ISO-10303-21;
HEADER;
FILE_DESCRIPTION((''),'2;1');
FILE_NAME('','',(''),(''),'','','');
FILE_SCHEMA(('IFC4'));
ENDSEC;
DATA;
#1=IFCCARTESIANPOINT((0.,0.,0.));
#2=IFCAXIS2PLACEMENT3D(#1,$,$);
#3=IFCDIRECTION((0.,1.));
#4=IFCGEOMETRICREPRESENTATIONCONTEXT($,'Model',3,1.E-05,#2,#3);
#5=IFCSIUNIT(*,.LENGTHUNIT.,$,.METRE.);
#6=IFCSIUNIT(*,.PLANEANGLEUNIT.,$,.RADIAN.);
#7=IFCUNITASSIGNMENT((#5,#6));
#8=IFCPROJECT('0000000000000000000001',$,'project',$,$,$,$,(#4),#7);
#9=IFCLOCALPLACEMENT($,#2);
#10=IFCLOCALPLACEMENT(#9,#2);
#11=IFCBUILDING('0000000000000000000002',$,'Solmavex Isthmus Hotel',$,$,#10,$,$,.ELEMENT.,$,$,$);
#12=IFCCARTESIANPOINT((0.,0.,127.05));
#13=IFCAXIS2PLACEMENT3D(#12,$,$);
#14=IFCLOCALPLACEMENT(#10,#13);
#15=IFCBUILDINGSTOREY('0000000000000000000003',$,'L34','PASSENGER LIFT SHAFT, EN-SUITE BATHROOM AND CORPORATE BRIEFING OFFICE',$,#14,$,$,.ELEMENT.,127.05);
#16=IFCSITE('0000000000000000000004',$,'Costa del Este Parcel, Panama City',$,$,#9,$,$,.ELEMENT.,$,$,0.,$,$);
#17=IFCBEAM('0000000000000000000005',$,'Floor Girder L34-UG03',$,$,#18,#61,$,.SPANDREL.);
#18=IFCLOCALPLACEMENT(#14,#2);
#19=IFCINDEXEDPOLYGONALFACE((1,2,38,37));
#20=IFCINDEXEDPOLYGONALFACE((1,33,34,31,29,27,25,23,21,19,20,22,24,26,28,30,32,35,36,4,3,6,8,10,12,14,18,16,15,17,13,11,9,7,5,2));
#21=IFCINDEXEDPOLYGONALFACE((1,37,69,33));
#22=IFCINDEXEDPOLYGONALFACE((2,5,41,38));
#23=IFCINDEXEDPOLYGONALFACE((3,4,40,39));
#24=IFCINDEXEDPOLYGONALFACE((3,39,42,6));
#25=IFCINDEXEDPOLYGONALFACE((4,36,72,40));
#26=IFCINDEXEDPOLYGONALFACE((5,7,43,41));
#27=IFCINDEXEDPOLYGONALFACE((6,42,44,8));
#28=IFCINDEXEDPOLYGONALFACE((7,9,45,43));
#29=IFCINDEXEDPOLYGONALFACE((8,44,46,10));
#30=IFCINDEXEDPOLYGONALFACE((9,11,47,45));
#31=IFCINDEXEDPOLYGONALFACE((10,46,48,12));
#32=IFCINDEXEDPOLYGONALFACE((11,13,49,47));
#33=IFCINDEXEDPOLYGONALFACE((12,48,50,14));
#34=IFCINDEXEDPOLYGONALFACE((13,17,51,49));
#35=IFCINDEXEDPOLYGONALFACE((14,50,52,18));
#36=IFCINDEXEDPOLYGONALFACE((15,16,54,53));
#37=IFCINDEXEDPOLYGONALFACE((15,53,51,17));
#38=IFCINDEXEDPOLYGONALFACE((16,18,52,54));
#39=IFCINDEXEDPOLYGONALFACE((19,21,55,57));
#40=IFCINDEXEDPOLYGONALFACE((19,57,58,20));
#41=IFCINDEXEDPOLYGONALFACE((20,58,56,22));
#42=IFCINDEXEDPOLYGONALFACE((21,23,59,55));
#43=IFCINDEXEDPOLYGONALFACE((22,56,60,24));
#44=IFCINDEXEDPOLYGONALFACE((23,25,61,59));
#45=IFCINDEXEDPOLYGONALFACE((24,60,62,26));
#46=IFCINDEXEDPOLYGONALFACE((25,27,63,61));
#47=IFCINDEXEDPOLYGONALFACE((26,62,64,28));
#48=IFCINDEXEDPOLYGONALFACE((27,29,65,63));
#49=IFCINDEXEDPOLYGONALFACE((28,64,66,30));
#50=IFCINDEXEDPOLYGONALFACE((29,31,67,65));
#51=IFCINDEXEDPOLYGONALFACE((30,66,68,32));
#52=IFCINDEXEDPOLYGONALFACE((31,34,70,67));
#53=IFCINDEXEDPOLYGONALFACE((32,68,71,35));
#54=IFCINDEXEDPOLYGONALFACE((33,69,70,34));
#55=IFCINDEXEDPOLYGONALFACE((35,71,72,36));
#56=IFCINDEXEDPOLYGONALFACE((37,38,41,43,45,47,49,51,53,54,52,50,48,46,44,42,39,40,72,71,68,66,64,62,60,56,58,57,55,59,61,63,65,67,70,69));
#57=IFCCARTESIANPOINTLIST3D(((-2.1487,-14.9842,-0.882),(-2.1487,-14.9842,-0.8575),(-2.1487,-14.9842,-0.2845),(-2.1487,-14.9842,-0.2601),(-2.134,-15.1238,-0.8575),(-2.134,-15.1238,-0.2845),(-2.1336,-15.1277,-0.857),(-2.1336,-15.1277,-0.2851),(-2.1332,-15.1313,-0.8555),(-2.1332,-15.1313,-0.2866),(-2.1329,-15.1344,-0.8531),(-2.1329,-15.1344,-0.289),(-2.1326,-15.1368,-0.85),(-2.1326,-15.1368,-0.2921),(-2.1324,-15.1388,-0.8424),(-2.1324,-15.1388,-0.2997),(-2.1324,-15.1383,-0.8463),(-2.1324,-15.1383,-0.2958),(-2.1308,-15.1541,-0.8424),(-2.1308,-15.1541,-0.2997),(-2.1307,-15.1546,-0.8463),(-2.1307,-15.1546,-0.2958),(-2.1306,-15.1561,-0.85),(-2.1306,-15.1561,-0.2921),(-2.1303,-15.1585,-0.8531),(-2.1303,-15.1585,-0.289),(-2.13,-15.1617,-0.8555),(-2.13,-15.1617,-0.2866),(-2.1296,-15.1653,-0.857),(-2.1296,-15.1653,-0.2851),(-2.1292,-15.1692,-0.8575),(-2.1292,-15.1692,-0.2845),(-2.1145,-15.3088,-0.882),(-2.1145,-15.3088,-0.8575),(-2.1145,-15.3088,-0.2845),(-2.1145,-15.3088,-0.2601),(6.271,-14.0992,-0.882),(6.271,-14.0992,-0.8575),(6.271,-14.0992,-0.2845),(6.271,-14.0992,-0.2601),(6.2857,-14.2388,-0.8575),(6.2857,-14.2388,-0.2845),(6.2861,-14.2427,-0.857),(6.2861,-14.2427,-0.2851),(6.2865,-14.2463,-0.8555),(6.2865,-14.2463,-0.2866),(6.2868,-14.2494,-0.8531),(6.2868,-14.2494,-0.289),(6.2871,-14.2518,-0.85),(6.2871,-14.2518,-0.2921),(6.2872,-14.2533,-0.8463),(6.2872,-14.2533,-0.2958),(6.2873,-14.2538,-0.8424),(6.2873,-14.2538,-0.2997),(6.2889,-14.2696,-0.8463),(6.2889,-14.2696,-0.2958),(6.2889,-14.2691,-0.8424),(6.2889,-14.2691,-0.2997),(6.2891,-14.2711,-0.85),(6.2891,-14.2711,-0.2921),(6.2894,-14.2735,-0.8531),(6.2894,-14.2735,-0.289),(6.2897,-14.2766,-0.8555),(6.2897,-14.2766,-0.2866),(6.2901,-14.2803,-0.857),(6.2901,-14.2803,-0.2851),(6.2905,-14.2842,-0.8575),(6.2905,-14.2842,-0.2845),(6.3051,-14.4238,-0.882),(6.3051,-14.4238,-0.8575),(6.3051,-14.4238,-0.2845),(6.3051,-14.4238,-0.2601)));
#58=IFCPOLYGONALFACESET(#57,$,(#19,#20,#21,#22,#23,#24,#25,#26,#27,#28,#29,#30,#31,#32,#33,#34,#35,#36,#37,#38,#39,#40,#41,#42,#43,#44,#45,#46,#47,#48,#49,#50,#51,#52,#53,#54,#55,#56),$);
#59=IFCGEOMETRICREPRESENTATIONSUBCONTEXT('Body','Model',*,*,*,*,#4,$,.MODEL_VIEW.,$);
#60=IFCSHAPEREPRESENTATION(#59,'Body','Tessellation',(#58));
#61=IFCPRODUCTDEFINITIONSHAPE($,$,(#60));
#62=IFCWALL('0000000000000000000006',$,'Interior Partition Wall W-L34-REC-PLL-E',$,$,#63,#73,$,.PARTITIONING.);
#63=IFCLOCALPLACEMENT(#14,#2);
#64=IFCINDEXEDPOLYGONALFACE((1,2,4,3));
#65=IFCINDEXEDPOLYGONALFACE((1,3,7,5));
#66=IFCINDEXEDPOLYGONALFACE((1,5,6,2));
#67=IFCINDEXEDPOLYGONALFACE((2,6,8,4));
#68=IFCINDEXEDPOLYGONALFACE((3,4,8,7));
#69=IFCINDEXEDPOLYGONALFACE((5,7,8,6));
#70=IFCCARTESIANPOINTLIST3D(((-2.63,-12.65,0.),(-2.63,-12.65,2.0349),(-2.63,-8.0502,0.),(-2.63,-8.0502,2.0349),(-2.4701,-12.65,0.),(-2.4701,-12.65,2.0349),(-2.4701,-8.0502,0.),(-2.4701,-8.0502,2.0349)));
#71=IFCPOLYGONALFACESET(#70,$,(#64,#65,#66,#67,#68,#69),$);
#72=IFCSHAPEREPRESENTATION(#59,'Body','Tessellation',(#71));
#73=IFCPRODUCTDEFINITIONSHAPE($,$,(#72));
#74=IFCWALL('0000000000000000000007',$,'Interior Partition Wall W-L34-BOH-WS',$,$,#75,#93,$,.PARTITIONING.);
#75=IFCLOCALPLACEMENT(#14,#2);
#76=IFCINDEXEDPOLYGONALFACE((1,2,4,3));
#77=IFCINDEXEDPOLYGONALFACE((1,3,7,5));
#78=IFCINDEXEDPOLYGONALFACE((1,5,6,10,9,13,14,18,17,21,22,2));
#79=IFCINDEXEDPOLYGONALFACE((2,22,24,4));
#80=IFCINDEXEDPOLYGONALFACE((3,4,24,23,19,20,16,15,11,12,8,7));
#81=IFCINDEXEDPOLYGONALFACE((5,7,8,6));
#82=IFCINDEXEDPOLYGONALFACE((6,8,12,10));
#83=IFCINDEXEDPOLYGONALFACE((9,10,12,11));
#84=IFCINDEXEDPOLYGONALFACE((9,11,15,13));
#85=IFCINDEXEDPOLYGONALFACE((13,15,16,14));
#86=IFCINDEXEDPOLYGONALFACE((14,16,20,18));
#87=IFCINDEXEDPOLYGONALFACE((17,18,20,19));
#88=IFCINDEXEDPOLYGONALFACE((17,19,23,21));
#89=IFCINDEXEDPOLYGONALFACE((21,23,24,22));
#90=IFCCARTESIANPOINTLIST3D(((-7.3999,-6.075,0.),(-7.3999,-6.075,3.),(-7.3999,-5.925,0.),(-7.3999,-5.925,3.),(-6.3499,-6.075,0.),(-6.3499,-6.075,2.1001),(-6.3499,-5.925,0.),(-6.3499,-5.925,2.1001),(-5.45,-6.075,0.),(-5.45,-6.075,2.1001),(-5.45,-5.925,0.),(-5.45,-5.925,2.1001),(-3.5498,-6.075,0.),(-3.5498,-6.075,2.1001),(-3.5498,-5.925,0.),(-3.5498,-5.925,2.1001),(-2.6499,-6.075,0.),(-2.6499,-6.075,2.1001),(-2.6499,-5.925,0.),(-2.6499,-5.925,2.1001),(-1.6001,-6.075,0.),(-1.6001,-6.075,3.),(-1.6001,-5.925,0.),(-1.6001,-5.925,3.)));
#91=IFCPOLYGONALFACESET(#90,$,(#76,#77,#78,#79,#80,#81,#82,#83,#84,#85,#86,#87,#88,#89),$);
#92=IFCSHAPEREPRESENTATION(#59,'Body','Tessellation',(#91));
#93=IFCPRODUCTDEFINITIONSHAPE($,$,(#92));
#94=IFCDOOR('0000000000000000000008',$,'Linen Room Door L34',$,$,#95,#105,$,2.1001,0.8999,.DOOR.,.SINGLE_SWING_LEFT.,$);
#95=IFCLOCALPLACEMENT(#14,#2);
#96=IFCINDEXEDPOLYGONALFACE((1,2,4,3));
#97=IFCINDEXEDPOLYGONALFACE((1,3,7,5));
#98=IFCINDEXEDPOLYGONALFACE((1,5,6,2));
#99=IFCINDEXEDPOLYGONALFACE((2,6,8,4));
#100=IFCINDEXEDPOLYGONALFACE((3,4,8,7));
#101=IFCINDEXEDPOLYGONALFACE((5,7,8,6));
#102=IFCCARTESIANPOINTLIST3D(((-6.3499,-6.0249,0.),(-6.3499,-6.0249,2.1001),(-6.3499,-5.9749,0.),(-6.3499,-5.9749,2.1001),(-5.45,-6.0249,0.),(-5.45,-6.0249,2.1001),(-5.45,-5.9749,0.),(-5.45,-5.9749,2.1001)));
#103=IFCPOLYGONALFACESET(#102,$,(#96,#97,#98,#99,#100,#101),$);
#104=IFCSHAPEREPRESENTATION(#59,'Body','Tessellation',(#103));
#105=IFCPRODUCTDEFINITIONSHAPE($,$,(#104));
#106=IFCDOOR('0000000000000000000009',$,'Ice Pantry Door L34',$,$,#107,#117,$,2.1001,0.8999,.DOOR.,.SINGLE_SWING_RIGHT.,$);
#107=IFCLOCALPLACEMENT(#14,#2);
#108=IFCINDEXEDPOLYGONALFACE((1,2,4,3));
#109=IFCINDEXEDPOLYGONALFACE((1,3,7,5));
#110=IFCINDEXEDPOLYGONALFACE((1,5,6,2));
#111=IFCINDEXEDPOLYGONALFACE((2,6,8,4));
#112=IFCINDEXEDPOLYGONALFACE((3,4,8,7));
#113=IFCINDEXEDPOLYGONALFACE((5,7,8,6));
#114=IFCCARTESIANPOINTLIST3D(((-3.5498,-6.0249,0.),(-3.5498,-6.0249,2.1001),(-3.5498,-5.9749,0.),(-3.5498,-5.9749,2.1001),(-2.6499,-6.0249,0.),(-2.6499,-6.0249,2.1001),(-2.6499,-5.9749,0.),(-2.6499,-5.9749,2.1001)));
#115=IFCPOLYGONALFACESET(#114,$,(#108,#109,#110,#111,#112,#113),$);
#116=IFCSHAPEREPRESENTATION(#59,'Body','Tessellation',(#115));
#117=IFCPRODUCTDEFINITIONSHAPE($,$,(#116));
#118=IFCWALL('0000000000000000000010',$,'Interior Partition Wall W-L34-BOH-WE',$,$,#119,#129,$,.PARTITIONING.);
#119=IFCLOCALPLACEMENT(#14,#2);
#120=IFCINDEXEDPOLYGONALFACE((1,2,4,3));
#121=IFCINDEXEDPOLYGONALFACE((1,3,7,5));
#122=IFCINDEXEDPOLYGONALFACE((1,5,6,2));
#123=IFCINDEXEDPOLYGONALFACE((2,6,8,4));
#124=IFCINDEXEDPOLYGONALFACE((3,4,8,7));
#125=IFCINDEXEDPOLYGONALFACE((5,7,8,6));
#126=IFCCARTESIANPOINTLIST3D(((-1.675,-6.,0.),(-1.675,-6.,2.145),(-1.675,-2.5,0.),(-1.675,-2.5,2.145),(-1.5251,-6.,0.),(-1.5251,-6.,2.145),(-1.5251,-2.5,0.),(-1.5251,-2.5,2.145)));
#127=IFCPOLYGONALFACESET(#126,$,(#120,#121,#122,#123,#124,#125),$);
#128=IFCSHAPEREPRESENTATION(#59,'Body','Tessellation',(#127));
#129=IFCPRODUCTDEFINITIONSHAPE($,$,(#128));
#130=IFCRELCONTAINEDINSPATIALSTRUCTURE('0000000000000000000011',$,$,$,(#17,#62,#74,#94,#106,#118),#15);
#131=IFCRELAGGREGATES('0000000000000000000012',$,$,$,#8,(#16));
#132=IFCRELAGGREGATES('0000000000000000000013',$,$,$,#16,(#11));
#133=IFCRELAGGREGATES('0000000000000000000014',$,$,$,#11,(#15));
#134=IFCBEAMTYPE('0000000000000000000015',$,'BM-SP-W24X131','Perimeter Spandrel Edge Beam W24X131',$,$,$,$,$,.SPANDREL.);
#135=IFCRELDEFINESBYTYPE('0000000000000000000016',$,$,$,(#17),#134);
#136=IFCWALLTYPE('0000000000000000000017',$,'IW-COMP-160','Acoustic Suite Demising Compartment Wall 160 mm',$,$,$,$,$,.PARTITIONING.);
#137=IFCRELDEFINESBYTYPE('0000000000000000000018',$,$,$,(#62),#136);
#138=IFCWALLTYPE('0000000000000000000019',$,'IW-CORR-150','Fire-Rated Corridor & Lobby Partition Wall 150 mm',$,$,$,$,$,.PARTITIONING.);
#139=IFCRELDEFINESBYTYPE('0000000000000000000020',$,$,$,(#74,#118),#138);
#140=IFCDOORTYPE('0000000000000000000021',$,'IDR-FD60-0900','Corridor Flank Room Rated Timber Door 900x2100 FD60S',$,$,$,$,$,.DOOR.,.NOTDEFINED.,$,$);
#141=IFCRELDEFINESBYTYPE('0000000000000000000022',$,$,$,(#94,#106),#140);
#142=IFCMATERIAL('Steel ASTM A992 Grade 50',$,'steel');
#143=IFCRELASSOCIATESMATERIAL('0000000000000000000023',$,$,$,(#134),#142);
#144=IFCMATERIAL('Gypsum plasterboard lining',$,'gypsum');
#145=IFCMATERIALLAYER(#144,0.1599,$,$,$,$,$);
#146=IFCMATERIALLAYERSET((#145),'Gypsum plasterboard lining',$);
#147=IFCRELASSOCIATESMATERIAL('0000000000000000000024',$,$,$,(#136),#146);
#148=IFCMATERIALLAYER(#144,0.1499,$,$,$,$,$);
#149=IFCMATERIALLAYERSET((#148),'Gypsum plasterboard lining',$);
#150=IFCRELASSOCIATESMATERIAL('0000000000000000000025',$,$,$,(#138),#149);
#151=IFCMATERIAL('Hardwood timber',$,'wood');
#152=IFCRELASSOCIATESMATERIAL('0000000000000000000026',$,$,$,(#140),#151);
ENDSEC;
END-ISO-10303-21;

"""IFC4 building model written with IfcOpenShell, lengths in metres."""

from ifc_helpers import new_model, si_unit, direction, frame, frame_2d, origin, origin_2d, place, context, subcontext, project, spatial, rectangle, i_section, extrude, material, layer, layer_set, material_profile, profile_set, type_object, element, fill, save


model = new_model("IFC4")

# Units and contexts
model_context = context("Model", 3, precision=1e-05, world=origin(), true_north=direction((0.0, 1.0)))
body_context = subcontext(model_context, "Body", "Model", "MODEL_VIEW")
ifc_project = project(units=[si_unit("LENGTHUNIT", "METRE"), si_unit("PLANEANGLEUNIT", "RADIAN")], contexts=[model_context])

# Site, building, storey
site_placement = place(None, origin())
site = spatial("IfcSite", under=ifc_project, at=site_placement, Name="Costa del Este Parcel, Panama City", CompositionType="ELEMENT", RefElevation=0.0)
building_placement = place(site_placement, origin())
building = spatial("IfcBuilding", under=site, at=building_placement, Name="Solmavex Isthmus Hotel", CompositionType="ELEMENT")
storey_placement = place(building_placement, frame((0.0, 0.0, 127.05)))
storey = spatial("IfcBuildingStorey", under=building, at=storey_placement, Name="L34", Description="PASSENGER LIFT SHAFT, EN-SUITE BATHROOM AND CORPORATE BRIEFING OFFICE", CompositionType="ELEMENT", Elevation=127.05)

# Beam
ifc_material_1 = material(Name="Steel ASTM A992 Grade 50", Category="steel")
ifc_material_profile_1 = material_profile(ifc_material_1, i_section(OverallWidth=0.3264, OverallDepth=0.6218, WebThickness=0.0154, FlangeThickness=0.0244, FilletRadius=0.0151, at=origin_2d()), Name="W24X131")
ifc_profile_set_1 = profile_set([ifc_material_profile_1], Name="Steel ASTM A992 Grade 50")
beam_type_1 = type_object("IfcBeamType", Name="BM-SP-W24X131", Description="Perimeter Spandrel Edge Beam W24X131", PredefinedType="SPANDREL", material=ifc_profile_set_1)
beam_1_placement = place(storey_placement, frame((-2.1316, -15.1465, -0.571), z_axis=(0.994521, 0.104536, 0.0), x_axis=(-0.104536, 0.994521, 0.0)))
element("IfcBeam", 1, at=beam_1_placement, inside=storey, type_object=beam_type_1, Name="Floor Girder L34-UG03", PredefinedType="SPANDREL", context=body_context, shape_type="SweptSolid", body=[
    extrude(i_section(OverallWidth=0.3264, OverallDepth=0.6218, WebThickness=0.0154, FlangeThickness=0.0244, FilletRadius=0.0151, at=origin_2d()), origin(), (0.0, 0.0, 1.0), 8.4661),
])

# Wall
ifc_material_2 = material(Name="Gypsum plasterboard lining", Category="gypsum")
ifc_layer_1 = layer(ifc_material_2, 0.1599)
ifc_layer_set_1 = layer_set([ifc_layer_1], Name="Gypsum plasterboard lining")
wall_type_1 = type_object("IfcWallType", Name="IW-COMP-160", Description="Acoustic Suite Demising Compartment Wall 160 mm", PredefinedType="PARTITIONING", material=ifc_layer_set_1)
wall_1_placement = place(storey_placement, frame((-2.55, -12.6499, 0.0), z_axis=(0.0, 0.0, 1.0), x_axis=(0.0, 1.0, 0.0)))
element("IfcWall", 2, at=wall_1_placement, inside=storey, type_object=wall_type_1, Name="Interior Partition Wall W-L34-REC-PLL-E", PredefinedType="PARTITIONING", context=body_context, shape_type="SweptSolid", body=[
    extrude(rectangle(XDim=4.5999, YDim=0.1599, at=frame_2d((2.2998, 0.0))), origin(), (0.0, 0.0, 1.0), 2.0349),
])

# Wall, openings, doors
ifc_layer_2 = layer(ifc_material_2, 0.1499)
ifc_layer_set_2 = layer_set([ifc_layer_2], Name="Gypsum plasterboard lining")
wall_type_2 = type_object("IfcWallType", Name="IW-CORR-150", Description="Fire-Rated Corridor & Lobby Partition Wall 150 mm", PredefinedType="PARTITIONING", material=ifc_layer_set_2)
wall_2_placement = place(storey_placement, frame((-7.3999, -6.0, 0.0), z_axis=(0.0, 0.0, 1.0), x_axis=(1.0, 0.0, 0.0)))
wall_2 = element("IfcWall", 3, at=wall_2_placement, inside=storey, type_object=wall_type_2, Name="Interior Partition Wall W-L34-BOH-WS", PredefinedType="PARTITIONING", context=body_context, shape_type="SweptSolid", body=[
    extrude(rectangle(XDim=5.7998, YDim=0.1499, at=frame_2d((2.8999, 0.0))), origin(), (0.0, 0.0, 1.0), 3.0),
])
opening_1_placement = place(wall_2_placement, frame((1.05, 0.0, 0.0)))
opening_1 = element("IfcOpeningElement", 4, at=opening_1_placement, cuts=wall_2, PredefinedType="OPENING", context=body_context, shape_type="SweptSolid", body=[
    extrude(rectangle(XDim=0.8999, YDim=2.1001, at=frame_2d((0.45, 1.05))), frame((0.0, 0.085, 0.0), z_axis=(0.0, -1.0, 0.0), x_axis=(1.0, 0.0, 0.0)), (0.0, 0.0, 1.0), 0.1699),
])
opening_2_placement = place(wall_2_placement, frame((3.8501, 0.0, 0.0)))
opening_2 = element("IfcOpeningElement", 5, at=opening_2_placement, cuts=wall_2, PredefinedType="OPENING", context=body_context, shape_type="SweptSolid", body=[
    extrude(rectangle(XDim=0.8999, YDim=2.1001, at=frame_2d((0.45, 1.05))), frame((0.0, 0.085, 0.0), z_axis=(0.0, -1.0, 0.0), x_axis=(1.0, 0.0, 0.0)), (0.0, 0.0, 1.0), 0.1699),
])
ifc_material_3 = material(Name="Hardwood timber", Category="wood")
door_type_1 = type_object("IfcDoorType", Name="IDR-FD60-0900", Description="Corridor Flank Room Rated Timber Door 900x2100 FD60S", OperationType="NOTDEFINED", PredefinedType="DOOR", material=ifc_material_3)
door_1_placement = place(opening_1_placement, frame((0.8999, 0.0, 0.0), z_axis=(0.0, 0.0, 1.0), x_axis=(-1.0, 0.0, 0.0)))
door_1 = element("IfcDoor", 6, at=door_1_placement, inside=storey, type_object=door_type_1, Name="Linen Room Door L34", OperationType="SINGLE_SWING_LEFT", OverallHeight=2.1001, OverallWidth=0.8999, PredefinedType="DOOR", context=body_context, shape_type="SweptSolid", body=[
    extrude(rectangle(XDim=0.8999, YDim=2.1001, at=frame_2d((0.45, 1.05))), frame((0.0, 0.0249, 0.0), z_axis=(0.0, -1.0, 0.0), x_axis=(1.0, 0.0, 0.0)), (0.0, 0.0, 1.0), 0.05),
])
fill(opening_1, door_1)
door_2_placement = place(opening_2_placement, frame((0.8999, 0.0, 0.0), z_axis=(0.0, 0.0, 1.0), x_axis=(-1.0, 0.0, 0.0)))
door_2 = element("IfcDoor", 7, at=door_2_placement, inside=storey, type_object=door_type_1, Name="Ice Pantry Door L34", OperationType="SINGLE_SWING_RIGHT", OverallHeight=2.1001, OverallWidth=0.8999, PredefinedType="DOOR", context=body_context, shape_type="SweptSolid", body=[
    extrude(rectangle(XDim=0.8999, YDim=2.1001, at=frame_2d((0.45, 1.05))), frame((0.0, 0.0249, 0.0), z_axis=(0.0, -1.0, 0.0), x_axis=(1.0, 0.0, 0.0)), (0.0, 0.0, 1.0), 0.05),
])
fill(opening_2, door_2)

# Wall
wall_3_placement = place(storey_placement, frame((-1.6001, -6.0, 0.0), z_axis=(0.0, 0.0, 1.0), x_axis=(0.0, 1.0, 0.0)))
element("IfcWall", 8, at=wall_3_placement, inside=storey, type_object=wall_type_2, Name="Interior Partition Wall W-L34-BOH-WE", PredefinedType="PARTITIONING", context=body_context, shape_type="SweptSolid", body=[
    extrude(rectangle(XDim=3.5, YDim=0.1499, at=frame_2d((1.75, 0.0))), origin(), (0.0, 0.0, 1.0), 2.145),
])

save(model, "model.ifc")
